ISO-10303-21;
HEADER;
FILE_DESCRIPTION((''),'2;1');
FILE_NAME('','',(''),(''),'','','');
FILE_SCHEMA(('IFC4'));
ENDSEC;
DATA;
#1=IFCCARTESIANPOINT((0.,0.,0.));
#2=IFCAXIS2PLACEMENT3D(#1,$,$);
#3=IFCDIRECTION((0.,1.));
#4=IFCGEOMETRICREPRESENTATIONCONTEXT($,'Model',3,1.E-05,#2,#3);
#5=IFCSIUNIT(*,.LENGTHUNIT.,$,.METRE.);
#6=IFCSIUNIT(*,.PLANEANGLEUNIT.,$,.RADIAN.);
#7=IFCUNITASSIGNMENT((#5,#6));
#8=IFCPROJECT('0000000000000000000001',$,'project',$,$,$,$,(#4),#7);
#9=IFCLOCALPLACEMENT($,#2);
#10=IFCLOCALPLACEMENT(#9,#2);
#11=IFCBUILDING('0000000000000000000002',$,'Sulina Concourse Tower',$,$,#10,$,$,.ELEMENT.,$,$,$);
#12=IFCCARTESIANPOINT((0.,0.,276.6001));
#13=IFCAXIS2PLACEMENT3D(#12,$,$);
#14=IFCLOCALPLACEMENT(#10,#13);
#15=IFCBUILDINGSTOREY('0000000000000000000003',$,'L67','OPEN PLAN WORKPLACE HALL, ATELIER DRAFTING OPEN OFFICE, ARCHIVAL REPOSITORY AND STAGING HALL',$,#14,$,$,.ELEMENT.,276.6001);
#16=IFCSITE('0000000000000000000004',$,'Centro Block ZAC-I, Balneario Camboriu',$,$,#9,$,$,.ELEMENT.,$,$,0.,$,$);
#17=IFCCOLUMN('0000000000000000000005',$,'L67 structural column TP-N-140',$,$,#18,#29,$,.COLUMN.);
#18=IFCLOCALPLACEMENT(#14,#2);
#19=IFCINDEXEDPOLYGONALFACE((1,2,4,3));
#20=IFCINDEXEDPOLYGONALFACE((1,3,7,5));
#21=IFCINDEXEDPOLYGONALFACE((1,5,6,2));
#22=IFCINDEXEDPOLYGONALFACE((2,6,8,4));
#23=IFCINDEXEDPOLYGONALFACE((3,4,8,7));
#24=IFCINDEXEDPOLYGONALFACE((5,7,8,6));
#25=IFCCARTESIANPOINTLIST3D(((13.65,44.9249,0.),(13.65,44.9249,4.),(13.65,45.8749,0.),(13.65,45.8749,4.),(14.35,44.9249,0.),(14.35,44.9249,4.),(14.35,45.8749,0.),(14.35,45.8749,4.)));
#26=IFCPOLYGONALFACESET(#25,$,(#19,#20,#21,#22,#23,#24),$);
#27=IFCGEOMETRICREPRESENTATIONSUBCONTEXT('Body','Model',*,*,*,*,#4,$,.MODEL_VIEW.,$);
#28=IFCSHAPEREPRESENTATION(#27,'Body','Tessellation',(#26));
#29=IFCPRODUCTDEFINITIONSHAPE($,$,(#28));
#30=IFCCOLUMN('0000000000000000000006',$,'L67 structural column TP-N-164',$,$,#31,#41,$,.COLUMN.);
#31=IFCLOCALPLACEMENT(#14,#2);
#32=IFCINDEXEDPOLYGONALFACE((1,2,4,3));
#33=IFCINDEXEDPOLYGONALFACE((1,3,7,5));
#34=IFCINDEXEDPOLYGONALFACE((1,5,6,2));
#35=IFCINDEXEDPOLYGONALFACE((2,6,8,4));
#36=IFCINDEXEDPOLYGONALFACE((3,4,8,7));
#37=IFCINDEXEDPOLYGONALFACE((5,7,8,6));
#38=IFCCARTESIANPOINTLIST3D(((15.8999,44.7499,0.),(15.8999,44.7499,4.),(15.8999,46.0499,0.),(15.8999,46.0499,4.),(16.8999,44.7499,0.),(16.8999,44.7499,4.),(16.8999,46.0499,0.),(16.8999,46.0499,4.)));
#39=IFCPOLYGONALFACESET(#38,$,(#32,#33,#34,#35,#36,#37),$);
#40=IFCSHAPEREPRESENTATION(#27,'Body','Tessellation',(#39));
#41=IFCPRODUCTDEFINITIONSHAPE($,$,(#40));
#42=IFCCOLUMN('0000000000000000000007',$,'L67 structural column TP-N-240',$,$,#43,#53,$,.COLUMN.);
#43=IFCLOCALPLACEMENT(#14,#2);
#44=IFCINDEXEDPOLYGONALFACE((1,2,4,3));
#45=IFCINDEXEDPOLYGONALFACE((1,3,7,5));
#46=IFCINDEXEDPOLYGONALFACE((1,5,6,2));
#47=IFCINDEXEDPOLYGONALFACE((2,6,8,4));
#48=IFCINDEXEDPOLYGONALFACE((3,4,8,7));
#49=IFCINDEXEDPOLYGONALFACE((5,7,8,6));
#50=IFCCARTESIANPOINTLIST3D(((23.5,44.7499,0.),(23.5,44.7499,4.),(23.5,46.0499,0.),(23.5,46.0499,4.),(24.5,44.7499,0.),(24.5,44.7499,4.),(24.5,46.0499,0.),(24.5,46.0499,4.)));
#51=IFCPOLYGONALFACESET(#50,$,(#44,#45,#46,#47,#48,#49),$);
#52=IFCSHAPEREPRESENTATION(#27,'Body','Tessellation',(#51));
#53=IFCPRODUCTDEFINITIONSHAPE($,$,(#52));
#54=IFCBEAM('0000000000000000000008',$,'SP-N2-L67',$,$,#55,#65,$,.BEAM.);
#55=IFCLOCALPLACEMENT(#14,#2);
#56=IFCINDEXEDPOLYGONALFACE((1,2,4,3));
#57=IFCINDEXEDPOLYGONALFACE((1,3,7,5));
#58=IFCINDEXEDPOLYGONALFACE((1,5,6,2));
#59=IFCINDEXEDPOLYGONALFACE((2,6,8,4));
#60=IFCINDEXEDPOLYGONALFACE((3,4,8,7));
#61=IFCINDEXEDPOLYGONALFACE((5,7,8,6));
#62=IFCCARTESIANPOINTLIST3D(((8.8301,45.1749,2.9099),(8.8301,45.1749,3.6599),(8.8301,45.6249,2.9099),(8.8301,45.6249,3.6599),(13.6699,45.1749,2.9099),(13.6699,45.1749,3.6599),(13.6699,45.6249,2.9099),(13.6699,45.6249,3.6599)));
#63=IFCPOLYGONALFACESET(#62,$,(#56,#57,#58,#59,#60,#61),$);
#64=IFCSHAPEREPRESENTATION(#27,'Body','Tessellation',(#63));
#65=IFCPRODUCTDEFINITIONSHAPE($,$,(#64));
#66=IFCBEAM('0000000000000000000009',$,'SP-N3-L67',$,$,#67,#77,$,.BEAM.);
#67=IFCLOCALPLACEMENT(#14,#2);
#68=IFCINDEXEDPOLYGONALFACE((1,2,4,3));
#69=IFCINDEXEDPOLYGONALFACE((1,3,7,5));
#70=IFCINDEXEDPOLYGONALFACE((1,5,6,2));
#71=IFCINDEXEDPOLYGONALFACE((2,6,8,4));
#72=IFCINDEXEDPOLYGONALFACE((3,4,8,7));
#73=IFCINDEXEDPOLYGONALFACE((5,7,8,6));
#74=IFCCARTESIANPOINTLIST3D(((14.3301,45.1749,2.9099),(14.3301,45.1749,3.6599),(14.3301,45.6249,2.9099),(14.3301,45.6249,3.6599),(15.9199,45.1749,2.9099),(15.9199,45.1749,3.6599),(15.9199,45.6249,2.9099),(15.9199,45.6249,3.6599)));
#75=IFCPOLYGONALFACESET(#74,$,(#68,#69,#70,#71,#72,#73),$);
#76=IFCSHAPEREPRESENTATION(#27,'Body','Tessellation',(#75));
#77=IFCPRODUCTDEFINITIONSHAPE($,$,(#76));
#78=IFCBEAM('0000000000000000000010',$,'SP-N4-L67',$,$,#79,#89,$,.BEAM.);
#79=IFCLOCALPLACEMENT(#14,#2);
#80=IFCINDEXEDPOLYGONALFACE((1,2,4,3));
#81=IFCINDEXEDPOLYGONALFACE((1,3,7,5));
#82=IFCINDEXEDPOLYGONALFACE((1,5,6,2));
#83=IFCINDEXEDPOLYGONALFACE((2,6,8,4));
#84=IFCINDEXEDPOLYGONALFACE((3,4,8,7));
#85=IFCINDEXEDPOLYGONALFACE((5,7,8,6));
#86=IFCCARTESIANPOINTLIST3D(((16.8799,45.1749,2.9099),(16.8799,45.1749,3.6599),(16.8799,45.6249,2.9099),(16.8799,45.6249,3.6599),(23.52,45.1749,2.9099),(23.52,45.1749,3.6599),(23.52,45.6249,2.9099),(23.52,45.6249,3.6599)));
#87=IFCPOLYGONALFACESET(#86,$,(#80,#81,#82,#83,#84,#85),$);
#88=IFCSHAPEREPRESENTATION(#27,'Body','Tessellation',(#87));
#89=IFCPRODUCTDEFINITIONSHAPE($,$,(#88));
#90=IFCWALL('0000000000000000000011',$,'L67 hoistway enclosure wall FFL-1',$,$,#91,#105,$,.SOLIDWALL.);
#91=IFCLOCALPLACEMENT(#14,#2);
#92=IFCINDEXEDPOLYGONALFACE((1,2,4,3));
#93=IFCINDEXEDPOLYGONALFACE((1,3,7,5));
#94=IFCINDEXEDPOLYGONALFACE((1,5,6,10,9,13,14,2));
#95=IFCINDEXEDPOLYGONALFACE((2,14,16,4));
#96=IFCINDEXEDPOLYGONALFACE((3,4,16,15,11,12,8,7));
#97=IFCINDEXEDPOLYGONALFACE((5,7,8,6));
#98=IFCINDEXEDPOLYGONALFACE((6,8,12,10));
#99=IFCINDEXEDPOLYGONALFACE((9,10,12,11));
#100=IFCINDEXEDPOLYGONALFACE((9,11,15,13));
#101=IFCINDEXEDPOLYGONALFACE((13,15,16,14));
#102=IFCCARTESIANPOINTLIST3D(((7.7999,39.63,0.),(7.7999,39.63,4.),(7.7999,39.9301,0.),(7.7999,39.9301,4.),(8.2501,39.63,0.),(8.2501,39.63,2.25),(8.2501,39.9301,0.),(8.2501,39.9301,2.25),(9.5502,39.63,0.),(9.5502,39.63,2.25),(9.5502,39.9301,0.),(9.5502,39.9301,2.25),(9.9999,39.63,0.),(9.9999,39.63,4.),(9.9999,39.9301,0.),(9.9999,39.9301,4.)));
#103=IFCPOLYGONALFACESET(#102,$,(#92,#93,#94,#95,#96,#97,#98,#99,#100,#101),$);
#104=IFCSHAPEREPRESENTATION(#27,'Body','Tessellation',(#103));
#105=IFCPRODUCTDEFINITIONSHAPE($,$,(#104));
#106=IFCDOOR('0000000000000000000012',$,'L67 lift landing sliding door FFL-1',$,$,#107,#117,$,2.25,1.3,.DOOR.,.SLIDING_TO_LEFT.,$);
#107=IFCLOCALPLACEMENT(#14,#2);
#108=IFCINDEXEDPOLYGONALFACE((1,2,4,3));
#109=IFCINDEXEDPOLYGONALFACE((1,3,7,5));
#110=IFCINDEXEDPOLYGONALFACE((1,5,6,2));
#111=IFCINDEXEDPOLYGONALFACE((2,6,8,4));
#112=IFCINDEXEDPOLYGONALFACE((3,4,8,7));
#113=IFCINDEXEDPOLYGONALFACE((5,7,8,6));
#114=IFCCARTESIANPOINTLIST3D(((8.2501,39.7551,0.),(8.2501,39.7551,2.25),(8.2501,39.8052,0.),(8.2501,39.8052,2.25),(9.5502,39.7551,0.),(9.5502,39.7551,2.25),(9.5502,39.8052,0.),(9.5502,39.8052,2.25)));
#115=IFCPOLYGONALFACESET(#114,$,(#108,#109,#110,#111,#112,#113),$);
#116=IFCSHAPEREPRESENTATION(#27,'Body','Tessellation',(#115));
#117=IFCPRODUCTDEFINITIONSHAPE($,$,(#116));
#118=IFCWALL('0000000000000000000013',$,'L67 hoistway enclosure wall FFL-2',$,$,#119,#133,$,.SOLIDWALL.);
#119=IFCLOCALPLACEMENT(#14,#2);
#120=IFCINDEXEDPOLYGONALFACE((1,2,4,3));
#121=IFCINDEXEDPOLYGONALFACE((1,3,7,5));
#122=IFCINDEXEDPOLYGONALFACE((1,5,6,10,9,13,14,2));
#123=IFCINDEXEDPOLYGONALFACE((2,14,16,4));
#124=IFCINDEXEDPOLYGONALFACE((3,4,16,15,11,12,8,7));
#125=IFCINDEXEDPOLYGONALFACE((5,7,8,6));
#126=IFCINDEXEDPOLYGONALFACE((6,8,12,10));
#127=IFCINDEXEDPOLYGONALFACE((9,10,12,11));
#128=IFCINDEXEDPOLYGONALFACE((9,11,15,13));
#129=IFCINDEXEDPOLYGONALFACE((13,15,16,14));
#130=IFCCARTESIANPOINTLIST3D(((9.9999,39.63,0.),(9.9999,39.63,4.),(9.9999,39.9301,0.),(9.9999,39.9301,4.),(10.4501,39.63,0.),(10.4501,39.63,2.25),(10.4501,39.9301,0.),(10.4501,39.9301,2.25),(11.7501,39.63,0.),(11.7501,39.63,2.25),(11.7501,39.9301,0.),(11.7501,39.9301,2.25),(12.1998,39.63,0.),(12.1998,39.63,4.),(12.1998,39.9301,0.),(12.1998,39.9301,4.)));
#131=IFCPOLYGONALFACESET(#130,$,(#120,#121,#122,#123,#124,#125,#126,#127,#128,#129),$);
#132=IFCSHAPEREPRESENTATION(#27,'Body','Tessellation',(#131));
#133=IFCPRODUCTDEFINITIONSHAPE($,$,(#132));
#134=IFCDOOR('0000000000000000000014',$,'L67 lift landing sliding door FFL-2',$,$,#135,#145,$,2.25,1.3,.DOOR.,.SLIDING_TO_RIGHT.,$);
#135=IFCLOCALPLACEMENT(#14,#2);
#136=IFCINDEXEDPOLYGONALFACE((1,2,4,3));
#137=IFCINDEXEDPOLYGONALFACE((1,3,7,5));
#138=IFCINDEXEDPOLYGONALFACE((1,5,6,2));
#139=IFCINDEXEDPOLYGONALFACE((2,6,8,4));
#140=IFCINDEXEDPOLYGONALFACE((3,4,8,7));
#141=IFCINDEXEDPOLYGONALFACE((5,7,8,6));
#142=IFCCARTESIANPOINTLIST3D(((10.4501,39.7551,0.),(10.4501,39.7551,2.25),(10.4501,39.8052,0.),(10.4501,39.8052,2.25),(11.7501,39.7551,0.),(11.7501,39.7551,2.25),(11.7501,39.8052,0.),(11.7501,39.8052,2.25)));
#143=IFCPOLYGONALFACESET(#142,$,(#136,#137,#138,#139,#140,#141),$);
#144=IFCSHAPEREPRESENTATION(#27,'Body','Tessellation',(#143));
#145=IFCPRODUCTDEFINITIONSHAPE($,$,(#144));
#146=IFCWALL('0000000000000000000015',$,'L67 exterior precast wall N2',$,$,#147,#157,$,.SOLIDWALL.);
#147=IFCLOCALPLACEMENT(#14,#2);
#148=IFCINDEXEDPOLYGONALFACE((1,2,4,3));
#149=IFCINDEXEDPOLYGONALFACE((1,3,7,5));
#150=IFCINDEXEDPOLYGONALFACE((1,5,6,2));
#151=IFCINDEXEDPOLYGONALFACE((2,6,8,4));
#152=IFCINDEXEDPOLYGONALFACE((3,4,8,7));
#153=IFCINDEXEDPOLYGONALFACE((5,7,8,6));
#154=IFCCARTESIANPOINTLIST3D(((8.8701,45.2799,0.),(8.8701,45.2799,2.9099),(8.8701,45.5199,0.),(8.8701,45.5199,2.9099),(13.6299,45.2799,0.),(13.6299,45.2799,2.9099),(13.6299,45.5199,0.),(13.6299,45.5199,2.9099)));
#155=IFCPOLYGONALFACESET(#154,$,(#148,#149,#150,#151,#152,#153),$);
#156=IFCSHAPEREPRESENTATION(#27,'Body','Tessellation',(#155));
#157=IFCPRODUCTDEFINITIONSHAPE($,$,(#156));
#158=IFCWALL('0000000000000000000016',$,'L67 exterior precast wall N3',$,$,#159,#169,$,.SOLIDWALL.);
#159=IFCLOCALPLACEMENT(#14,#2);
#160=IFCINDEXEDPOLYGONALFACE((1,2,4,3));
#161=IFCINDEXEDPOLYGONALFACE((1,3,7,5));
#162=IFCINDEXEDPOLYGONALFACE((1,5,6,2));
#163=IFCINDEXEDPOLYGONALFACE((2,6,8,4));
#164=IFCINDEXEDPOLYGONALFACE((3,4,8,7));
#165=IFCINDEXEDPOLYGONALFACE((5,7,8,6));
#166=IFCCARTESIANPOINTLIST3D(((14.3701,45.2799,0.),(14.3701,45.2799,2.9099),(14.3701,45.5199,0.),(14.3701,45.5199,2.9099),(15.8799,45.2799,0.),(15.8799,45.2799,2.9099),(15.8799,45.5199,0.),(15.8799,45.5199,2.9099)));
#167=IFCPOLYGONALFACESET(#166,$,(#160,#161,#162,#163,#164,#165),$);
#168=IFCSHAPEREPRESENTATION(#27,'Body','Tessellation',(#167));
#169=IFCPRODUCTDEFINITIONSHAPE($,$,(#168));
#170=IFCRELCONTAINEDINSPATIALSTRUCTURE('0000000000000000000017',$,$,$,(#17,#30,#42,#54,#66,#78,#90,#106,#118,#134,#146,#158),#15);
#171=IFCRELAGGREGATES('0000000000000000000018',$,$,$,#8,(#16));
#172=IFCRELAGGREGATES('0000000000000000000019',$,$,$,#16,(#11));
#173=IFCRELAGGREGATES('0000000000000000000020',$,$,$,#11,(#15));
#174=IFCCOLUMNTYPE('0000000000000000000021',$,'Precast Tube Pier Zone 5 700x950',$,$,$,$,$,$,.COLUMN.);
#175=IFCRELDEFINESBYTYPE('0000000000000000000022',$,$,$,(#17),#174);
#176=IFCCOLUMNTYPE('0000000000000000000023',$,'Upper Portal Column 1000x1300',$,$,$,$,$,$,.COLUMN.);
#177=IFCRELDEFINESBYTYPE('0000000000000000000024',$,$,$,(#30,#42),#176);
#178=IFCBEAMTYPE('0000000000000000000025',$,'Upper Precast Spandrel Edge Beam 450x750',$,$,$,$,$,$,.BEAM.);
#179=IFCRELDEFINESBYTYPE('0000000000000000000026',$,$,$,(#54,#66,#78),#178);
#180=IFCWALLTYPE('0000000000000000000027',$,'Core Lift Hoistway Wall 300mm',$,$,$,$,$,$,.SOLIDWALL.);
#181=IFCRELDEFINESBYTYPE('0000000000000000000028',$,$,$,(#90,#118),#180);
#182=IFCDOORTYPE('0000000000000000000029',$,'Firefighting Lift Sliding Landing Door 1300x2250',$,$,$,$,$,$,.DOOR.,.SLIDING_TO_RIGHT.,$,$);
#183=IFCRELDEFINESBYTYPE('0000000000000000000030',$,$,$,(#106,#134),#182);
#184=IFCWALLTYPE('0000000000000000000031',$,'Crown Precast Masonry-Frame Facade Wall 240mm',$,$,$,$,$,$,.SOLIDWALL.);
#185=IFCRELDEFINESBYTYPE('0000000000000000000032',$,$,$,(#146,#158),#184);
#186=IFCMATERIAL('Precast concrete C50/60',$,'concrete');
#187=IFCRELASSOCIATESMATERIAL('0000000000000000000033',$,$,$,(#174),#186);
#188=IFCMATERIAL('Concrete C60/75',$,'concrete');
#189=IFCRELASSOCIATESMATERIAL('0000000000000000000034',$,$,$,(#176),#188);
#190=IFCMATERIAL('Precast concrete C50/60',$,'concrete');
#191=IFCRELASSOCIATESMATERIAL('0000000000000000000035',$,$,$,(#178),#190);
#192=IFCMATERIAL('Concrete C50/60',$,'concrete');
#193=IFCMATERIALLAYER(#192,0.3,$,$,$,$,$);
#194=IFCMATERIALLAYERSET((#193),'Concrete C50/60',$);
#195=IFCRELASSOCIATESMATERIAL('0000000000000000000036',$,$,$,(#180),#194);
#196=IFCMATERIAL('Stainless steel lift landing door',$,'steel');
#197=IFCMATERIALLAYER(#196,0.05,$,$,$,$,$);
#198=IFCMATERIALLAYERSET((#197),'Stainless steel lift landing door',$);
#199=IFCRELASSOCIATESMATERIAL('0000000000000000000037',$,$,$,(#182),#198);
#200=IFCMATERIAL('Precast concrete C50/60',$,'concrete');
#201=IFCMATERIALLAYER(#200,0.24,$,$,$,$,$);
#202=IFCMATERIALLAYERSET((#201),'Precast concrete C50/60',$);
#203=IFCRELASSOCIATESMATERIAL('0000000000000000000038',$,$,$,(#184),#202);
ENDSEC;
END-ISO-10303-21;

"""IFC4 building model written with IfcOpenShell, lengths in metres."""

from ifc_helpers import new_model, si_unit, direction, frame, frame_2d, origin, origin_2d, place, context, subcontext, project, spatial, rectangle, extrude, material, layer, layer_set, material_profile, profile_set, type_object, element, fill, save


model = new_model("IFC4")

# Units and contexts
model_context = context("Model", 3, precision=1e-05, world=origin(), true_north=direction((0.0, 1.0)))
body_context = subcontext(model_context, "Body", "Model", "MODEL_VIEW")
ifc_project = project(units=[si_unit("LENGTHUNIT", "METRE"), si_unit("PLANEANGLEUNIT", "RADIAN")], contexts=[model_context])

# Site, building, storey
site_placement = place(None, origin())
site = spatial("IfcSite", under=ifc_project, at=site_placement, Name="Centro Block ZAC-I, Balneario Camboriu", CompositionType="ELEMENT", RefElevation=0.0)
building_placement = place(site_placement, origin())
building = spatial("IfcBuilding", under=site, at=building_placement, Name="Sulina Concourse Tower", CompositionType="ELEMENT")
storey_placement = place(building_placement, frame((0.0, 0.0, 276.6001)))
storey = spatial("IfcBuildingStorey", under=building, at=storey_placement, Name="L67", Description="OPEN PLAN WORKPLACE HALL, ATELIER DRAFTING OPEN OFFICE, ARCHIVAL REPOSITORY AND STAGING HALL", CompositionType="ELEMENT", Elevation=276.6001)

# Columns
ifc_material_1 = material(Name="Precast concrete C50/60", Category="concrete")
ifc_material_profile_1 = material_profile(ifc_material_1, rectangle(XDim=0.7, YDim=0.95, at=origin_2d()), Name="PC 700x950")
ifc_profile_set_1 = profile_set([ifc_material_profile_1], Name="Precast concrete C50/60")
column_type_1 = type_object("IfcColumnType", Name="Precast Tube Pier Zone 5 700x950", PredefinedType="COLUMN", material=ifc_profile_set_1)
column_placement = place(storey_placement, frame((14.0, 45.3999, 0.0), z_axis=(0.0, 0.0, 1.0), x_axis=(1.0, 0.0, 0.0)))
element("IfcColumn", 1, at=column_placement, inside=storey, type_object=column_type_1, Name="L67 structural column TP-N-140", PredefinedType="COLUMN", context=body_context, shape_type="SweptSolid", body=[
    extrude(rectangle(XDim=0.7, YDim=0.95, at=origin_2d()), origin(), (0.0, 0.0, 1.0), 4.0),
])
ifc_material_2 = material(Name="Concrete C60/75", Category="concrete")
ifc_material_profile_2 = material_profile(ifc_material_2, rectangle(XDim=1.0, YDim=1.3, at=origin_2d()), Name="RC 1000x1300")
ifc_profile_set_2 = profile_set([ifc_material_profile_2], Name="Concrete C60/75")
column_type_2 = type_object("IfcColumnType", Name="Upper Portal Column 1000x1300", PredefinedType="COLUMN", material=ifc_profile_set_2)
for number, where, z_axis, x_axis, name in (
    (2, (16.3999, 45.3999, 0.0), (0.0, 0.0, 1.0), (1.0, 0.0, 0.0), "L67 structural column TP-N-164"),
    (3, (24.0, 45.3999, 0.0), (0.0, 0.0, 1.0), (1.0, 0.0, 0.0), "L67 structural column TP-N-240"),
):
    element("IfcColumn", number, at=place(storey_placement, frame(where, z_axis=z_axis, x_axis=x_axis)), inside=storey, type_object=column_type_2, Name=name, PredefinedType="COLUMN", context=body_context, shape_type="SweptSolid", body=[
        extrude(rectangle(XDim=1.0, YDim=1.3, at=origin_2d()), origin(), (0.0, 0.0, 1.0), 4.0),
    ])

# Beams
ifc_material_3 = material(Name="Precast concrete C50/60", Category="concrete")
ifc_material_profile_3 = material_profile(ifc_material_3, rectangle(XDim=0.45, YDim=0.75, at=origin_2d()), Name="RC 450x750")
ifc_profile_set_3 = profile_set([ifc_material_profile_3], Name="Precast concrete C50/60")
beam_type = type_object("IfcBeamType", Name="Upper Precast Spandrel Edge Beam 450x750", PredefinedType="BEAM", material=ifc_profile_set_3)
beam_1_placement = place(storey_placement, frame((8.8301, 45.3999, 3.2849), z_axis=(1.0, 0.0, 0.0), x_axis=(0.0, 1.0, 0.0)))
element("IfcBeam", 4, at=beam_1_placement, inside=storey, type_object=beam_type, Name="SP-N2-L67", PredefinedType="BEAM", context=body_context, shape_type="SweptSolid", body=[
    extrude(rectangle(XDim=0.45, YDim=0.75, at=origin_2d()), origin(), (0.0, 0.0, 1.0), 4.8398),
])
beam_2_placement = place(storey_placement, frame((14.3301, 45.3999, 3.2849), z_axis=(1.0, 0.0, 0.0), x_axis=(0.0, 1.0, 0.0)))
element("IfcBeam", 5, at=beam_2_placement, inside=storey, type_object=beam_type, Name="SP-N3-L67", PredefinedType="BEAM", context=body_context, shape_type="SweptSolid", body=[
    extrude(rectangle(XDim=0.45, YDim=0.75, at=origin_2d()), origin(), (0.0, 0.0, 1.0), 1.5898),
])
beam_3_placement = place(storey_placement, frame((16.8799, 45.3999, 3.2849), z_axis=(1.0, 0.0, 0.0), x_axis=(0.0, 1.0, 0.0)))
element("IfcBeam", 6, at=beam_3_placement, inside=storey, type_object=beam_type, Name="SP-N4-L67", PredefinedType="BEAM", context=body_context, shape_type="SweptSolid", body=[
    extrude(rectangle(XDim=0.45, YDim=0.75, at=origin_2d()), origin(), (0.0, 0.0, 1.0), 6.6401),
])

# Walls, openings, doors
ifc_material_4 = material(Name="Concrete C50/60", Category="concrete")
ifc_layer_1 = layer(ifc_material_4, 0.3)
ifc_layer_set_1 = layer_set([ifc_layer_1], Name="Concrete C50/60")
wall_type_1 = type_object("IfcWallType", Name="Core Lift Hoistway Wall 300mm", PredefinedType="SOLIDWALL", material=ifc_layer_set_1)
wall_1_placement = place(storey_placement, frame((10.0, 39.78, 0.0), z_axis=(0.0, 0.0, 1.0), x_axis=(-1.0, 0.0, 0.0)))
wall_1 = element("IfcWall", 7, at=wall_1_placement, inside=storey, type_object=wall_type_1, Name="L67 hoistway enclosure wall FFL-1", PredefinedType="SOLIDWALL", context=body_context, shape_type="SweptSolid", body=[
    extrude(rectangle(XDim=2.2, YDim=0.3, at=frame_2d((1.1001, 0.0))), origin(), (0.0, 0.0, 1.0), 4.0),
])
opening_1_placement = place(wall_1_placement, frame((0.45, 0.0, 0.0)))
opening_1 = element("IfcOpeningElement", 8, at=opening_1_placement, cuts=wall_1, PredefinedType="OPENING", context=body_context, shape_type="SweptSolid", body=[
    extrude(rectangle(XDim=1.3, YDim=2.25, at=frame_2d((0.6499, 1.125))), frame((0.0, 0.1599, 0.0), z_axis=(0.0, -1.0, 0.0), x_axis=(1.0, 0.0, 0.0)), (0.0, 0.0, 1.0), 0.3201),
])
ifc_material_5 = material(Name="Stainless steel lift landing door", Category="steel")
ifc_layer_2 = layer(ifc_material_5, 0.05)
ifc_layer_set_2 = layer_set([ifc_layer_2], Name="Stainless steel lift landing door")
door_type = type_object("IfcDoorType", Name="Firefighting Lift Sliding Landing Door 1300x2250", OperationType="SLIDING_TO_RIGHT", PredefinedType="DOOR", material=ifc_layer_set_2)
door_1_placement = place(opening_1_placement, origin())
door_1 = element("IfcDoor", 9, at=door_1_placement, inside=storey, type_object=door_type, Name="L67 lift landing sliding door FFL-1", OperationType="SLIDING_TO_LEFT", OverallHeight=2.25, OverallWidth=1.3, PredefinedType="DOOR", context=body_context, shape_type="SweptSolid", body=[
    extrude(rectangle(XDim=1.3, YDim=2.25, at=frame_2d((0.6499, 1.125))), frame((0.0, 0.0249, 0.0), z_axis=(0.0, -1.0, 0.0), x_axis=(1.0, 0.0, 0.0)), (0.0, 0.0, 1.0), 0.05),
])
fill(opening_1, door_1)
wall_2_placement = place(storey_placement, frame((12.2, 39.78, 0.0), z_axis=(0.0, 0.0, 1.0), x_axis=(-1.0, 0.0, 0.0)))
wall_2 = element("IfcWall", 10, at=wall_2_placement, inside=storey, type_object=wall_type_1, Name="L67 hoistway enclosure wall FFL-2", PredefinedType="SOLIDWALL", context=body_context, shape_type="SweptSolid", body=[
    extrude(rectangle(XDim=2.2, YDim=0.3, at=frame_2d((1.1001, 0.0))), origin(), (0.0, 0.0, 1.0), 4.0),
])
opening_2_placement = place(wall_2_placement, frame((0.45, 0.0, 0.0)))
opening_2 = element("IfcOpeningElement", 11, at=opening_2_placement, cuts=wall_2, PredefinedType="OPENING", context=body_context, shape_type="SweptSolid", body=[
    extrude(rectangle(XDim=1.3, YDim=2.25, at=frame_2d((0.6499, 1.125))), frame((0.0, 0.1599, 0.0), z_axis=(0.0, -1.0, 0.0), x_axis=(1.0, 0.0, 0.0)), (0.0, 0.0, 1.0), 0.3201),
])
door_2_placement = place(opening_2_placement, origin())
door_2 = element("IfcDoor", 12, at=door_2_placement, inside=storey, type_object=door_type, Name="L67 lift landing sliding door FFL-2", OperationType="SLIDING_TO_RIGHT", OverallHeight=2.25, OverallWidth=1.3, PredefinedType="DOOR", context=body_context, shape_type="SweptSolid", body=[
    extrude(rectangle(XDim=1.3, YDim=2.25, at=frame_2d((0.6499, 1.125))), frame((0.0, 0.0249, 0.0), z_axis=(0.0, -1.0, 0.0), x_axis=(1.0, 0.0, 0.0)), (0.0, 0.0, 1.0), 0.05),
])
fill(opening_2, door_2)

# Walls
ifc_material_6 = material(Name="Precast concrete C50/60", Category="concrete")
ifc_layer_3 = layer(ifc_material_6, 0.24)
ifc_layer_set_3 = layer_set([ifc_layer_3], Name="Precast concrete C50/60")
wall_type_2 = type_object("IfcWallType", Name="Crown Precast Masonry-Frame Facade Wall 240mm", PredefinedType="SOLIDWALL", material=ifc_layer_set_3)
wall_3_placement = place(storey_placement, frame((8.8701, 45.3999, 0.0), z_axis=(0.0, 0.0, 1.0), x_axis=(1.0, 0.0, 0.0)))
element("IfcWall", 13, at=wall_3_placement, inside=storey, type_object=wall_type_2, Name="L67 exterior precast wall N2", PredefinedType="SOLIDWALL", context=body_context, shape_type="SweptSolid", body=[
    extrude(rectangle(XDim=4.7598, YDim=0.24, at=frame_2d((2.3799, 0.0))), origin(), (0.0, 0.0, 1.0), 2.9099),
])
wall_4_placement = place(storey_placement, frame((14.3701, 45.3999, 0.0), z_axis=(0.0, 0.0, 1.0), x_axis=(1.0, 0.0, 0.0)))
element("IfcWall", 14, at=wall_4_placement, inside=storey, type_object=wall_type_2, Name="L67 exterior precast wall N3", PredefinedType="SOLIDWALL", context=body_context, shape_type="SweptSolid", body=[
    extrude(rectangle(XDim=1.5098, YDim=0.24, at=frame_2d((0.7549, 0.0))), origin(), (0.0, 0.0, 1.0), 2.9099),
])

save(model, "model.ifc")
